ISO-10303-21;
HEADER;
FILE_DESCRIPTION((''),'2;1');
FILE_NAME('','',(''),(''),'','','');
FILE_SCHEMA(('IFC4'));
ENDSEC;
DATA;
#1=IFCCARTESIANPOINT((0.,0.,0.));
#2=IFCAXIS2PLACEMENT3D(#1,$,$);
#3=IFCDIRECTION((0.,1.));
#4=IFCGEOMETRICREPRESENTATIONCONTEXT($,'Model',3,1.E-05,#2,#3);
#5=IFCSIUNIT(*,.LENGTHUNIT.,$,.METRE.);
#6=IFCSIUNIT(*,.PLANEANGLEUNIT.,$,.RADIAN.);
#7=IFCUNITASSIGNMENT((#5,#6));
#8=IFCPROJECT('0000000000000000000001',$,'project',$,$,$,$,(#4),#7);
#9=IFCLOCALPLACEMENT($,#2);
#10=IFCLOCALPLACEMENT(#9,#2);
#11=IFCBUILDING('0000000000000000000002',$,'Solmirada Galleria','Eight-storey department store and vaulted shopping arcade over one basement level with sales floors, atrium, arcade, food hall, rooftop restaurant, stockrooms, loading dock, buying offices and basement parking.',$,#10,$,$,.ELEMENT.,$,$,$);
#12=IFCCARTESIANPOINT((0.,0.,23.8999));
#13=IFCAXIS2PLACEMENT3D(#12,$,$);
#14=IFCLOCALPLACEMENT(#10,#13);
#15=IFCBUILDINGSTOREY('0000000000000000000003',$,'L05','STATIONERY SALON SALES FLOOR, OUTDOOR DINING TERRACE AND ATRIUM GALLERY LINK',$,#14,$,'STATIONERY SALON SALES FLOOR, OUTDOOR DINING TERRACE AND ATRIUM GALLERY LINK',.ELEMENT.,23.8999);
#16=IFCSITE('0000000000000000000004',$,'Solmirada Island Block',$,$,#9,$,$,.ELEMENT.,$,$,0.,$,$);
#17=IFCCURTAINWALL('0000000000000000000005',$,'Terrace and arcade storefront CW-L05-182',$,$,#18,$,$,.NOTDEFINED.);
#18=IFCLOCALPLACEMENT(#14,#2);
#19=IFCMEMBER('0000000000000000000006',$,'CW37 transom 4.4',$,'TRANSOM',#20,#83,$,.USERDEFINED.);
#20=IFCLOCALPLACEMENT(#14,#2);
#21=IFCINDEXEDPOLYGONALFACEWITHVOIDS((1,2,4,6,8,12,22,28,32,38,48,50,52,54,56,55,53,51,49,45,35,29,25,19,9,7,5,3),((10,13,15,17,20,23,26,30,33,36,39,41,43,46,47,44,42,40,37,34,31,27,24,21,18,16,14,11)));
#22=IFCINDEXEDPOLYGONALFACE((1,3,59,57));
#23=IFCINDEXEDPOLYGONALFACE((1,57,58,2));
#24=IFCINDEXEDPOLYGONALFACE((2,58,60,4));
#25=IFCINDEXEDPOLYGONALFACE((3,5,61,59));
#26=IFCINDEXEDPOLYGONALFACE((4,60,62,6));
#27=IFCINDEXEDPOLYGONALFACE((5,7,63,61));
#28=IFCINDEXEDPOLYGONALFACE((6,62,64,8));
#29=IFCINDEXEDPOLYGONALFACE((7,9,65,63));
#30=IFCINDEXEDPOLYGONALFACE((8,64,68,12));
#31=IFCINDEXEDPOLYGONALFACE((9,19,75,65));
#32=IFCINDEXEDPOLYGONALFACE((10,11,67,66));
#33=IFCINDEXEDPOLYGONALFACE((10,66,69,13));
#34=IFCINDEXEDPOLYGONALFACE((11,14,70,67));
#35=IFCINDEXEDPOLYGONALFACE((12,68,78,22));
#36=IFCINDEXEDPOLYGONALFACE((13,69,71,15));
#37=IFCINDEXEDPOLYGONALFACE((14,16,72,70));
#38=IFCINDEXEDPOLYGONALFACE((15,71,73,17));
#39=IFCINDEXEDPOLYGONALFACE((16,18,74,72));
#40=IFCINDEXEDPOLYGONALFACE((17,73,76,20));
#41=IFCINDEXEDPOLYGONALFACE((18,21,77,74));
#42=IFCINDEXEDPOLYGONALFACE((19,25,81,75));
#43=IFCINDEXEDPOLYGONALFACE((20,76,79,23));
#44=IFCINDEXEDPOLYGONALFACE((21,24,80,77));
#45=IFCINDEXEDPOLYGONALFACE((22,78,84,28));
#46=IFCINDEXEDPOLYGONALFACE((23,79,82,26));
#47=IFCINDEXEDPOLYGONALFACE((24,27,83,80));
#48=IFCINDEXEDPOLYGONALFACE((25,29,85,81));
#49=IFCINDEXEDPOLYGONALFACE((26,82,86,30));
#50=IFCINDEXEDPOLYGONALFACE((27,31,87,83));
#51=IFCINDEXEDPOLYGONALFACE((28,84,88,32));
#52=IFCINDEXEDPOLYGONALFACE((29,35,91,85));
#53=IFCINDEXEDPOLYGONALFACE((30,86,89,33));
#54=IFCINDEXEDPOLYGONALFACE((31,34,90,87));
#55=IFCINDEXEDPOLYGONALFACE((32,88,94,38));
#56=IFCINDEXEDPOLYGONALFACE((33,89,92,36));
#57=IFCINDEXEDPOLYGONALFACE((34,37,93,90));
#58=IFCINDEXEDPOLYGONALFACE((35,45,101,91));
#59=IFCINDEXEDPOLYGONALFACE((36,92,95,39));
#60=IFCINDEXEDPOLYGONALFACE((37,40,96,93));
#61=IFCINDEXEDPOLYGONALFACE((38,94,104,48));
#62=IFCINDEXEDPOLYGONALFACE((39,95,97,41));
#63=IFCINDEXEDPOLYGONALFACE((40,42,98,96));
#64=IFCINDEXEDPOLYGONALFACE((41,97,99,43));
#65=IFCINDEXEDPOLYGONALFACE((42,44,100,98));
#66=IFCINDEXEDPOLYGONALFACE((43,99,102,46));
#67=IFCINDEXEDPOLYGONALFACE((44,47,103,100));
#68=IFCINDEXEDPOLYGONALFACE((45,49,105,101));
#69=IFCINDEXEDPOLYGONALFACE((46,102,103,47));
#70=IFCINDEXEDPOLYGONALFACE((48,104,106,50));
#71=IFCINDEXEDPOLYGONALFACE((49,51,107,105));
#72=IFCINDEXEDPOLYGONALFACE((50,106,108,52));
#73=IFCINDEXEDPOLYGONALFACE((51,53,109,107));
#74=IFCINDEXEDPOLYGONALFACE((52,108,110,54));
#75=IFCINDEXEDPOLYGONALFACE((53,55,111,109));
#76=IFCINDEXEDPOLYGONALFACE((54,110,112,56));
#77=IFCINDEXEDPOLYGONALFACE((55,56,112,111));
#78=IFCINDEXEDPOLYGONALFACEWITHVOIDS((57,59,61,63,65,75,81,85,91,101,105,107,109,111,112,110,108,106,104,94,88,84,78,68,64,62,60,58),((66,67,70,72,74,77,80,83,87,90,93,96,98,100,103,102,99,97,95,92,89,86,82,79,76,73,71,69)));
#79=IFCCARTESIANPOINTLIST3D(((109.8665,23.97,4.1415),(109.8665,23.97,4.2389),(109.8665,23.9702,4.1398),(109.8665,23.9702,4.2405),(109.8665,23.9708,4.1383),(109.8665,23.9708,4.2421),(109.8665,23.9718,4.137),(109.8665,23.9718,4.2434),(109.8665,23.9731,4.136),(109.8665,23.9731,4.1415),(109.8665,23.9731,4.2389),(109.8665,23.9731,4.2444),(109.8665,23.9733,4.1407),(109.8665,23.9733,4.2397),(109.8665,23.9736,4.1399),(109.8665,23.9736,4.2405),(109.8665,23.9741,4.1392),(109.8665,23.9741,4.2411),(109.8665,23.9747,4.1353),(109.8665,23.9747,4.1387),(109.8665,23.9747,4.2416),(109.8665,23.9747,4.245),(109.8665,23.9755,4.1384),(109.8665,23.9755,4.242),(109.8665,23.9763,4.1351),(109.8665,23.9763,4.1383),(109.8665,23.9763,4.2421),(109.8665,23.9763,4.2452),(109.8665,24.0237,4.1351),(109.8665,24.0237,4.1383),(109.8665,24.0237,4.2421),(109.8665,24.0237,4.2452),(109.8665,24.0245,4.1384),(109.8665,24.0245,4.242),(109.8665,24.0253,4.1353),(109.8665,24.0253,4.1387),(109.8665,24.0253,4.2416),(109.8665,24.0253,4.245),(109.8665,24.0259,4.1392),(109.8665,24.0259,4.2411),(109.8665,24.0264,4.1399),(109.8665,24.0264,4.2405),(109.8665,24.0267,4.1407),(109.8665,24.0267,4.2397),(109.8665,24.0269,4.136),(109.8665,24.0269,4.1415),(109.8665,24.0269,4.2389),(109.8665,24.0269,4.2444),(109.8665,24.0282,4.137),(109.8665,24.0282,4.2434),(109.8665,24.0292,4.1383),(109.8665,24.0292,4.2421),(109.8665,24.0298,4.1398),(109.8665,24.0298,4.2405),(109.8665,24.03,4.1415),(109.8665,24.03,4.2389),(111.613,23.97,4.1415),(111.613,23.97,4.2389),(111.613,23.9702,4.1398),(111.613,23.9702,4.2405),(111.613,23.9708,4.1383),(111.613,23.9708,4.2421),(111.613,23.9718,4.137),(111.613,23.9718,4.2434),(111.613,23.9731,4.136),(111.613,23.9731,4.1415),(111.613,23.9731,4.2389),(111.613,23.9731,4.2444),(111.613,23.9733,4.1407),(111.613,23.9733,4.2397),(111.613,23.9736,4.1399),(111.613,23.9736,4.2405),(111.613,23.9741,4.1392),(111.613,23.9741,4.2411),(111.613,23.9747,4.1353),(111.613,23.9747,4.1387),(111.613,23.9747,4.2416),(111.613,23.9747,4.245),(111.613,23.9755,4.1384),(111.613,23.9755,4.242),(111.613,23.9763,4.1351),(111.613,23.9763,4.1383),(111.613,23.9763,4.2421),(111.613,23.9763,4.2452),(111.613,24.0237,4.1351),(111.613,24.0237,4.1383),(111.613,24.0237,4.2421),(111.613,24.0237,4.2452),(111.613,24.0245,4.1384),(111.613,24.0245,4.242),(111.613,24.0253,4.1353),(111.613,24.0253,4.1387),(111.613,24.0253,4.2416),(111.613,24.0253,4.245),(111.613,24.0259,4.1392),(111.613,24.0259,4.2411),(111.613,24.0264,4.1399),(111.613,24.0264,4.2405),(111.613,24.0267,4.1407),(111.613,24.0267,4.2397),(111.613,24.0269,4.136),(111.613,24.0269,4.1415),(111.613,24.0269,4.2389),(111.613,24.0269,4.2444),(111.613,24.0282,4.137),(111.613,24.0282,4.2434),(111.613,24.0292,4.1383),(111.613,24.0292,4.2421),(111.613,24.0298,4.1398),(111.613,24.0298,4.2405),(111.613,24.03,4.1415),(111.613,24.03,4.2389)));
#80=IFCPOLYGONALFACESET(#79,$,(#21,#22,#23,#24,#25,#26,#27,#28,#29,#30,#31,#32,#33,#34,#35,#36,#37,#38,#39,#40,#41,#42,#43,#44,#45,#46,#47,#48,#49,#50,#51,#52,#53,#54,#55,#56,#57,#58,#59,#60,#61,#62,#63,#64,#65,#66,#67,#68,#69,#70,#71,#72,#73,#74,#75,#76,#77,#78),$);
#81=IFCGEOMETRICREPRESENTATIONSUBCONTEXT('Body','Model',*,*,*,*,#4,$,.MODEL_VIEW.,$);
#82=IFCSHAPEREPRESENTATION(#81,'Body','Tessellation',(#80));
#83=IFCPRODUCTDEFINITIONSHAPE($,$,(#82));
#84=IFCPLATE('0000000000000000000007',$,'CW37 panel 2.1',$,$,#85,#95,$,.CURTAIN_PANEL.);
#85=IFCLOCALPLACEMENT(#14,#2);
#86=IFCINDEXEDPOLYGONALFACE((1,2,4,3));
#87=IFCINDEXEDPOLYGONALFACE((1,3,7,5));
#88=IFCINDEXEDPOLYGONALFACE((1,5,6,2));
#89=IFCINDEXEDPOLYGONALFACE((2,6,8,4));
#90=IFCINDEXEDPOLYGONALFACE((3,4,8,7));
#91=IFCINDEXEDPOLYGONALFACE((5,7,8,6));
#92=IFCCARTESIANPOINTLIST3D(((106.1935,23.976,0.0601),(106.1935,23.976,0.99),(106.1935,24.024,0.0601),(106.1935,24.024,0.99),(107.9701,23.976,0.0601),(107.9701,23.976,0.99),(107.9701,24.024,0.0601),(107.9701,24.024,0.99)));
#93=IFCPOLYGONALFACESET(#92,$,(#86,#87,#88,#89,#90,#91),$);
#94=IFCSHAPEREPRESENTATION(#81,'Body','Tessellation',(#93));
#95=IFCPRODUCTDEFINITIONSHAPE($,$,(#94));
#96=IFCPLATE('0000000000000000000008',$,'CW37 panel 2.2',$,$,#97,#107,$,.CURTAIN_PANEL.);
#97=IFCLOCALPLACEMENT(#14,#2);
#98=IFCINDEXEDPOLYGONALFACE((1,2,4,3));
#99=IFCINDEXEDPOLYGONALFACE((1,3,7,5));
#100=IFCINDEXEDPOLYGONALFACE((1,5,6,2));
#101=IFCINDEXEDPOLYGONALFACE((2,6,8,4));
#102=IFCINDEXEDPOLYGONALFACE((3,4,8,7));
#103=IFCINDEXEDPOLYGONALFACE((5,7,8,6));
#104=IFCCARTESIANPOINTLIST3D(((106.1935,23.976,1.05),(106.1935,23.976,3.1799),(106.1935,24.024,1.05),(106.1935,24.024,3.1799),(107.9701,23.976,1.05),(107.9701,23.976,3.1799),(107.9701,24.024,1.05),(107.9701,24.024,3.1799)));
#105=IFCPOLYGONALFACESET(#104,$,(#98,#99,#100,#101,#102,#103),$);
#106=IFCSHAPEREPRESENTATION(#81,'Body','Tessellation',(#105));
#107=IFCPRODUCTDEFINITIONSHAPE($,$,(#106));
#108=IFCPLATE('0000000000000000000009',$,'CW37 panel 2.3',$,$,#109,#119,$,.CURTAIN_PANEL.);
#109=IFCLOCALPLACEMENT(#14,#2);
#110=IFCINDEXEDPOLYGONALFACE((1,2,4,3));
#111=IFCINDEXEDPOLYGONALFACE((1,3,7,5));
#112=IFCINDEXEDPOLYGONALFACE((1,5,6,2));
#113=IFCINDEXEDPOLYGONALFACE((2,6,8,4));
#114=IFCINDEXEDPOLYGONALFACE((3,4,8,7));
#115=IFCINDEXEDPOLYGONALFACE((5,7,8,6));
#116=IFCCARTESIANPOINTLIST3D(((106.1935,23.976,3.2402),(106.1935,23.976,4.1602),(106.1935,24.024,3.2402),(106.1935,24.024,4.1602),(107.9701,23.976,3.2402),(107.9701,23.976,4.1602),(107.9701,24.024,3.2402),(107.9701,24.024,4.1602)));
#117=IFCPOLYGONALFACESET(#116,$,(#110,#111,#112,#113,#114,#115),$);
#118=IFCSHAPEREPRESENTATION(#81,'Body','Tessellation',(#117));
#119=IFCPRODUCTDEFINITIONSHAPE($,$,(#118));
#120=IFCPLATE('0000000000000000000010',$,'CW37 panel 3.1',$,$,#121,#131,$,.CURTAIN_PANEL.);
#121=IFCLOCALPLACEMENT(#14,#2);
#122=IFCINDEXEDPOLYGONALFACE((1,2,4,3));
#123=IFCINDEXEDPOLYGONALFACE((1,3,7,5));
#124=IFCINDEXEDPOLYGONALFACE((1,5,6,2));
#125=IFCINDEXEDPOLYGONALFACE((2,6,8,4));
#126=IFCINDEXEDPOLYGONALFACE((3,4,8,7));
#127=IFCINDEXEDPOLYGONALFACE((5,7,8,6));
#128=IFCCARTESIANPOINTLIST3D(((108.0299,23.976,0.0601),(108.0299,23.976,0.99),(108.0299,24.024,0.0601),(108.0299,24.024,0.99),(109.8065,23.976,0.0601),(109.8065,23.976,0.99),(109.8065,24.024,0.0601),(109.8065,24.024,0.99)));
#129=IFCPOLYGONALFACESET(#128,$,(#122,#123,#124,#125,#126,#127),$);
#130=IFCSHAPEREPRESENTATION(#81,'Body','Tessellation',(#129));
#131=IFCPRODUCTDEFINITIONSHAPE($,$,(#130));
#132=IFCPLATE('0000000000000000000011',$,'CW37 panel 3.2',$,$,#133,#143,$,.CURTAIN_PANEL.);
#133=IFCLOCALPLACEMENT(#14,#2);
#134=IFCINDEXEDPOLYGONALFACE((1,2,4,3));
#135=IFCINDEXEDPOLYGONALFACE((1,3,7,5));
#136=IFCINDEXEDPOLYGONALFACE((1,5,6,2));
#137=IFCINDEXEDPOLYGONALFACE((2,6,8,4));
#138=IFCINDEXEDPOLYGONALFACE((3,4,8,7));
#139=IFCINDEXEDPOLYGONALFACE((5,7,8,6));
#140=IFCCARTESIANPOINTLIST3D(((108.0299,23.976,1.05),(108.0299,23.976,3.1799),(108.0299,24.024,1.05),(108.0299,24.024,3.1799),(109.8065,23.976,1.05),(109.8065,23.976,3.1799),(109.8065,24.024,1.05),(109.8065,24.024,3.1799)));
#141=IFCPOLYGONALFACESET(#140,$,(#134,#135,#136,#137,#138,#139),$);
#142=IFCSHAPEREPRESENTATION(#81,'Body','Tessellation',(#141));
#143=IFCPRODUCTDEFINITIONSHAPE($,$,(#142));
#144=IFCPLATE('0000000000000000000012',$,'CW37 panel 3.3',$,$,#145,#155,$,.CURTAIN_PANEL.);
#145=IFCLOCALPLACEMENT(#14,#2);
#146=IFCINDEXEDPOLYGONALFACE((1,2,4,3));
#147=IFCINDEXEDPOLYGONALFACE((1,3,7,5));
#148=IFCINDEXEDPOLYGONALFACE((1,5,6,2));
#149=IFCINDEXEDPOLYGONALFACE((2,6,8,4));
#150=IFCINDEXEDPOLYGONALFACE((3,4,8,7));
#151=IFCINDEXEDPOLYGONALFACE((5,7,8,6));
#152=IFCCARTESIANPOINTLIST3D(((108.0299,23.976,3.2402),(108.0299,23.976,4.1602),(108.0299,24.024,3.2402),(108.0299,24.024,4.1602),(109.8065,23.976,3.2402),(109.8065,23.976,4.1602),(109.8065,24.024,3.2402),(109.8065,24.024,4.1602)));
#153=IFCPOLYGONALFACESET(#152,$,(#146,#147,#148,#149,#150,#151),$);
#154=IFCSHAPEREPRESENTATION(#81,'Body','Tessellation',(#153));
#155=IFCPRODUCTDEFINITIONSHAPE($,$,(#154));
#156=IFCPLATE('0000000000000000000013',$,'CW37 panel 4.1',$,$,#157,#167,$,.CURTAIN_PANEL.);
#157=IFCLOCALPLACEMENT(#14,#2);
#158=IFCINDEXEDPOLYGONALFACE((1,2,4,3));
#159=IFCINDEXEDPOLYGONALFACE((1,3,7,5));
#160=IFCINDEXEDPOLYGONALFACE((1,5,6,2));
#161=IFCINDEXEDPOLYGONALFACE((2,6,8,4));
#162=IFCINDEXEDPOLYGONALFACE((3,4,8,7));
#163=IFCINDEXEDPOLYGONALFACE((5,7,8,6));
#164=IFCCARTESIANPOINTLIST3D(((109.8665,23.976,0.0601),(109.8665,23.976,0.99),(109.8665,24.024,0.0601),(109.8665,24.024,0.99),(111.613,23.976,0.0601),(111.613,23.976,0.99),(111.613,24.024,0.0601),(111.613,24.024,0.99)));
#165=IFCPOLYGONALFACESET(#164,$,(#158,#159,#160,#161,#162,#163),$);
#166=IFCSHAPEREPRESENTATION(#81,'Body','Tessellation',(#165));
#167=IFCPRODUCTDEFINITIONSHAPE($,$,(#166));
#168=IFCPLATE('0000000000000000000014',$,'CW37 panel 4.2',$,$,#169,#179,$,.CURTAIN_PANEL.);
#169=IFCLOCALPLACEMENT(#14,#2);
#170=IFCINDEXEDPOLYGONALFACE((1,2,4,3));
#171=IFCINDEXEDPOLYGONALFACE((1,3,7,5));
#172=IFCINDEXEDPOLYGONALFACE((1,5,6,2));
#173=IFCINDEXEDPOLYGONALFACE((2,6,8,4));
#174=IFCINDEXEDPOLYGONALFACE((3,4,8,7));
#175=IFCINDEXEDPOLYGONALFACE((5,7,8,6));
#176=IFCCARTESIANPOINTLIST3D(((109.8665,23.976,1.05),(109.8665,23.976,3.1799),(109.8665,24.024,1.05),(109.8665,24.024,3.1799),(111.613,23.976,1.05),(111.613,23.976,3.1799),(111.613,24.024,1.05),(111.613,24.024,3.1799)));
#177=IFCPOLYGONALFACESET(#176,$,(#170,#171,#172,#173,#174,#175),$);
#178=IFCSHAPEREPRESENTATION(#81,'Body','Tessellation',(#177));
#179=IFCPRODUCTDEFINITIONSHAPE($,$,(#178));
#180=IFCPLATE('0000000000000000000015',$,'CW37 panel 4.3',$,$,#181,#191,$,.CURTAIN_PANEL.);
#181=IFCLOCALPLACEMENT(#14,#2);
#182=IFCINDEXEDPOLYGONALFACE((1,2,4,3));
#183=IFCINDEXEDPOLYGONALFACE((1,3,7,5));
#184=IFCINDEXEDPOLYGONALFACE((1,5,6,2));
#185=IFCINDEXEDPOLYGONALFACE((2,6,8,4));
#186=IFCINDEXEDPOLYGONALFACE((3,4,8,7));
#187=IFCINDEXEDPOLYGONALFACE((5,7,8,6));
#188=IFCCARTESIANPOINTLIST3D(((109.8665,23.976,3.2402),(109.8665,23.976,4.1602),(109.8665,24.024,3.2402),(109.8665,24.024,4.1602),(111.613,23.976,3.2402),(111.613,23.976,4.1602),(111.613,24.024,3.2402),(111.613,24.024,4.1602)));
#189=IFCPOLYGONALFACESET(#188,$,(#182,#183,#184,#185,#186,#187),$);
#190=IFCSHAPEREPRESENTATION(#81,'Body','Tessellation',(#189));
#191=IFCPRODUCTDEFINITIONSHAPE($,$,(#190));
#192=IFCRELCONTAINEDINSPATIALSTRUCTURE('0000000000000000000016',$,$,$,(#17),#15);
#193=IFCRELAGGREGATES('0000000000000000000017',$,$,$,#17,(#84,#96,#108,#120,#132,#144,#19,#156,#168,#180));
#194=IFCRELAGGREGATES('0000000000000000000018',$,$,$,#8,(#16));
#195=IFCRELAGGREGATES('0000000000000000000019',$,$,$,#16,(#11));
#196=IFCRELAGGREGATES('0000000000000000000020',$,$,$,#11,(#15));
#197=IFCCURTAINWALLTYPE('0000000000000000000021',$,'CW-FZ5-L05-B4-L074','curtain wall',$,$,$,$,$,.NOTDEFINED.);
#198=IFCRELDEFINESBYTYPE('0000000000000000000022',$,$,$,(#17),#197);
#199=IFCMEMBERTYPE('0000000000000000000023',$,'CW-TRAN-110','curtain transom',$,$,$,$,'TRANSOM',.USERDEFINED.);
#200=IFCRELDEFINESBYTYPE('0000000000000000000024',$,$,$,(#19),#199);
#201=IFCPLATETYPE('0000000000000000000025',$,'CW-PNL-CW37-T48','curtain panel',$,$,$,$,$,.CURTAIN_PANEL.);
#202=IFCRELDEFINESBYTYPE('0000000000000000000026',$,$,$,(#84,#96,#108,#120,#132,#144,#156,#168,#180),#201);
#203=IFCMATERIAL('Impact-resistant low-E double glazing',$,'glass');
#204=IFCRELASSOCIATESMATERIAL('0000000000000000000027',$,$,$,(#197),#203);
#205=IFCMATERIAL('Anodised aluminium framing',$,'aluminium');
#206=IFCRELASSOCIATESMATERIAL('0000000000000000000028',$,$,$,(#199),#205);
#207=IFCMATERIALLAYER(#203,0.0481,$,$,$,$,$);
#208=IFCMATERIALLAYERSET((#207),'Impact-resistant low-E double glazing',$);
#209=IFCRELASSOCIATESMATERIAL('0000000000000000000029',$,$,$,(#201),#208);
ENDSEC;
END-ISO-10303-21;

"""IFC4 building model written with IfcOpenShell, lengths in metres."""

from ifc_helpers import new_model, si_unit, direction, frame, origin, origin_2d, place, context, subcontext, project, spatial, rectangle, hollow_rectangle, extrude, material, layer, layer_set, material_profile, profile_set, type_object, element, aggregate, save


model = new_model("IFC4")

# Units and contexts
model_context = context("Model", 3, precision=1e-05, world=origin(), true_north=direction((0.0, 1.0)))
body_context = subcontext(model_context, "Body", "Model", "MODEL_VIEW")
ifc_project = project(units=[si_unit("LENGTHUNIT", "METRE"), si_unit("PLANEANGLEUNIT", "RADIAN")], contexts=[model_context])

# Site, building, storey
site_placement = place(None, origin())
site = spatial("IfcSite", under=ifc_project, at=site_placement, Name="Solmirada Island Block", CompositionType="ELEMENT", RefElevation=0.0)
building_placement = place(site_placement, origin())
building = spatial("IfcBuilding", under=site, at=building_placement, Name="Solmirada Galleria", Description="Eight-storey department store and vaulted shopping arcade over one basement level with sales floors, atrium, arcade, food hall, rooftop restaurant, stockrooms, loading dock, buying offices and basement parking.", CompositionType="ELEMENT")
storey_placement = place(building_placement, frame((0.0, 0.0, 23.8999)))
storey = spatial("IfcBuildingStorey", under=building, at=storey_placement, Name="L05", Description="STATIONERY SALON SALES FLOOR, OUTDOOR DINING TERRACE AND ATRIUM GALLERY LINK", LongName="STATIONERY SALON SALES FLOOR, OUTDOOR DINING TERRACE AND ATRIUM GALLERY LINK", CompositionType="ELEMENT", Elevation=23.8999)

# Curtain wall, member, plates
ifc_material_1 = material(Name="Impact-resistant low-E double glazing", Category="glass")
curtain_wall_type = type_object("IfcCurtainWallType", Name="CW-FZ5-L05-B4-L074", Description="curtain wall", PredefinedType="NOTDEFINED", material=ifc_material_1)
curtain_wall_placement = place(storey_placement, origin())
curtain_wall = element("IfcCurtainWall", 1, at=curtain_wall_placement, inside=storey, type_object=curtain_wall_type, Name="Terrace and arcade storefront CW-L05-182", PredefinedType="NOTDEFINED")
ifc_material_2 = material(Name="Anodised aluminium framing", Category="aluminium")
ifc_material_profile_1 = material_profile(ifc_material_2, hollow_rectangle(XDim=0.0601, YDim=0.1101, WallThickness=0.0032, InnerFilletRadius=0.0032, OuterFilletRadius=0.0063, at=origin_2d()), Name="ALU-TRAN-110X60")
ifc_profile_set_1 = profile_set([ifc_material_profile_1], Name="Anodised aluminium framing")
member_type_1 = type_object("IfcMemberType", Name="CW-TRAN-110", Description="curtain transom", ElementType="TRANSOM", PredefinedType="USERDEFINED", material=ifc_profile_set_1)
member_1_placement = place(storey_placement, frame((109.8665, 24.0, 4.1902), z_axis=(1.0, 0.0, 0.0), x_axis=(0.0, 1.0, 0.0)))
member_1 = element("IfcMember", 2, at=member_1_placement, type_object=member_type_1, Name="CW37 transom 4.4", ObjectType="TRANSOM", PredefinedType="USERDEFINED", context=body_context, shape_type="SweptSolid", body=[
    extrude(hollow_rectangle(XDim=0.0601, YDim=0.1101, WallThickness=0.0032, InnerFilletRadius=0.0032, OuterFilletRadius=0.0063, at=origin_2d()), origin(), (0.0, 0.0, 1.0), 1.7466),
])
ifc_layer = layer(ifc_material_1, 0.0481)
ifc_layer_set = layer_set([ifc_layer], Name="Impact-resistant low-E double glazing")
plate_type = type_object("IfcPlateType", Name="CW-PNL-CW37-T48", Description="curtain panel", PredefinedType="CURTAIN_PANEL", material=ifc_layer_set)
plate_1_placement = place(storey_placement, frame((107.0818, 24.0, 0.0601), z_axis=(0.0, 0.0, 1.0), x_axis=(1.0, 0.0, 0.0)))
plate_1 = element("IfcPlate", 3, at=plate_1_placement, type_object=plate_type, Name="CW37 panel 2.1", PredefinedType="CURTAIN_PANEL", context=body_context, shape_type="SweptSolid", body=[
    extrude(rectangle(XDim=1.7766, YDim=0.0481, at=origin_2d()), origin(), (0.0, 0.0, 1.0), 0.9299),
])
plate_2_placement = place(storey_placement, frame((107.0818, 24.0, 1.05), z_axis=(0.0, 0.0, 1.0), x_axis=(1.0, 0.0, 0.0)))
plate_2 = element("IfcPlate", 4, at=plate_2_placement, type_object=plate_type, Name="CW37 panel 2.2", PredefinedType="CURTAIN_PANEL", context=body_context, shape_type="SweptSolid", body=[
    extrude(rectangle(XDim=1.7766, YDim=0.0481, at=origin_2d()), origin(), (0.0, 0.0, 1.0), 2.1299),
])
plate_3_placement = place(storey_placement, frame((107.0818, 24.0, 3.2402), z_axis=(0.0, 0.0, 1.0), x_axis=(1.0, 0.0, 0.0)))
plate_3 = element("IfcPlate", 5, at=plate_3_placement, type_object=plate_type, Name="CW37 panel 2.3", PredefinedType="CURTAIN_PANEL", context=body_context, shape_type="SweptSolid", body=[
    extrude(rectangle(XDim=1.7766, YDim=0.0481, at=origin_2d()), origin(), (0.0, 0.0, 1.0), 0.9199),
])
plate_4_placement = place(storey_placement, frame((108.9182, 24.0, 0.0601), z_axis=(0.0, 0.0, 1.0), x_axis=(1.0, 0.0, 0.0)))
plate_4 = element("IfcPlate", 6, at=plate_4_placement, type_object=plate_type, Name="CW37 panel 3.1", PredefinedType="CURTAIN_PANEL", context=body_context, shape_type="SweptSolid", body=[
    extrude(rectangle(XDim=1.7766, YDim=0.0481, at=origin_2d()), origin(), (0.0, 0.0, 1.0), 0.9299),
])
plate_5_placement = place(storey_placement, frame((108.9182, 24.0, 1.05), z_axis=(0.0, 0.0, 1.0), x_axis=(1.0, 0.0, 0.0)))
plate_5 = element("IfcPlate", 7, at=plate_5_placement, type_object=plate_type, Name="CW37 panel 3.2", PredefinedType="CURTAIN_PANEL", context=body_context, shape_type="SweptSolid", body=[
    extrude(rectangle(XDim=1.7766, YDim=0.0481, at=origin_2d()), origin(), (0.0, 0.0, 1.0), 2.1299),
])
plate_6_placement = place(storey_placement, frame((108.9182, 24.0, 3.2402), z_axis=(0.0, 0.0, 1.0), x_axis=(1.0, 0.0, 0.0)))
plate_6 = element("IfcPlate", 8, at=plate_6_placement, type_object=plate_type, Name="CW37 panel 3.3", PredefinedType="CURTAIN_PANEL", context=body_context, shape_type="SweptSolid", body=[
    extrude(rectangle(XDim=1.7766, YDim=0.0481, at=origin_2d()), origin(), (0.0, 0.0, 1.0), 0.9199),
])
plate_7_placement = place(storey_placement, frame((110.7397, 24.0, 0.0601), z_axis=(0.0, 0.0, 1.0), x_axis=(1.0, 0.0, 0.0)))
plate_7 = element("IfcPlate", 9, at=plate_7_placement, type_object=plate_type, Name="CW37 panel 4.1", PredefinedType="CURTAIN_PANEL", context=body_context, shape_type="SweptSolid", body=[
    extrude(rectangle(XDim=1.7466, YDim=0.0481, at=origin_2d()), origin(), (0.0, 0.0, 1.0), 0.9299),
])
plate_8_placement = place(storey_placement, frame((110.7397, 24.0, 1.05), z_axis=(0.0, 0.0, 1.0), x_axis=(1.0, 0.0, 0.0)))
plate_8 = element("IfcPlate", 10, at=plate_8_placement, type_object=plate_type, Name="CW37 panel 4.2", PredefinedType="CURTAIN_PANEL", context=body_context, shape_type="SweptSolid", body=[
    extrude(rectangle(XDim=1.7466, YDim=0.0481, at=origin_2d()), origin(), (0.0, 0.0, 1.0), 2.1299),
])
plate_9_placement = place(storey_placement, frame((110.7397, 24.0, 3.2402), z_axis=(0.0, 0.0, 1.0), x_axis=(1.0, 0.0, 0.0)))
plate_9 = element("IfcPlate", 11, at=plate_9_placement, type_object=plate_type, Name="CW37 panel 4.3", PredefinedType="CURTAIN_PANEL", context=body_context, shape_type="SweptSolid", body=[
    extrude(rectangle(XDim=1.7466, YDim=0.0481, at=origin_2d()), origin(), (0.0, 0.0, 1.0), 0.9199),
])
aggregate(curtain_wall, [plate_1, plate_2, plate_3, plate_4, plate_5, plate_6, member_1, plate_7, plate_8, plate_9])

save(model, "model.ifc")
